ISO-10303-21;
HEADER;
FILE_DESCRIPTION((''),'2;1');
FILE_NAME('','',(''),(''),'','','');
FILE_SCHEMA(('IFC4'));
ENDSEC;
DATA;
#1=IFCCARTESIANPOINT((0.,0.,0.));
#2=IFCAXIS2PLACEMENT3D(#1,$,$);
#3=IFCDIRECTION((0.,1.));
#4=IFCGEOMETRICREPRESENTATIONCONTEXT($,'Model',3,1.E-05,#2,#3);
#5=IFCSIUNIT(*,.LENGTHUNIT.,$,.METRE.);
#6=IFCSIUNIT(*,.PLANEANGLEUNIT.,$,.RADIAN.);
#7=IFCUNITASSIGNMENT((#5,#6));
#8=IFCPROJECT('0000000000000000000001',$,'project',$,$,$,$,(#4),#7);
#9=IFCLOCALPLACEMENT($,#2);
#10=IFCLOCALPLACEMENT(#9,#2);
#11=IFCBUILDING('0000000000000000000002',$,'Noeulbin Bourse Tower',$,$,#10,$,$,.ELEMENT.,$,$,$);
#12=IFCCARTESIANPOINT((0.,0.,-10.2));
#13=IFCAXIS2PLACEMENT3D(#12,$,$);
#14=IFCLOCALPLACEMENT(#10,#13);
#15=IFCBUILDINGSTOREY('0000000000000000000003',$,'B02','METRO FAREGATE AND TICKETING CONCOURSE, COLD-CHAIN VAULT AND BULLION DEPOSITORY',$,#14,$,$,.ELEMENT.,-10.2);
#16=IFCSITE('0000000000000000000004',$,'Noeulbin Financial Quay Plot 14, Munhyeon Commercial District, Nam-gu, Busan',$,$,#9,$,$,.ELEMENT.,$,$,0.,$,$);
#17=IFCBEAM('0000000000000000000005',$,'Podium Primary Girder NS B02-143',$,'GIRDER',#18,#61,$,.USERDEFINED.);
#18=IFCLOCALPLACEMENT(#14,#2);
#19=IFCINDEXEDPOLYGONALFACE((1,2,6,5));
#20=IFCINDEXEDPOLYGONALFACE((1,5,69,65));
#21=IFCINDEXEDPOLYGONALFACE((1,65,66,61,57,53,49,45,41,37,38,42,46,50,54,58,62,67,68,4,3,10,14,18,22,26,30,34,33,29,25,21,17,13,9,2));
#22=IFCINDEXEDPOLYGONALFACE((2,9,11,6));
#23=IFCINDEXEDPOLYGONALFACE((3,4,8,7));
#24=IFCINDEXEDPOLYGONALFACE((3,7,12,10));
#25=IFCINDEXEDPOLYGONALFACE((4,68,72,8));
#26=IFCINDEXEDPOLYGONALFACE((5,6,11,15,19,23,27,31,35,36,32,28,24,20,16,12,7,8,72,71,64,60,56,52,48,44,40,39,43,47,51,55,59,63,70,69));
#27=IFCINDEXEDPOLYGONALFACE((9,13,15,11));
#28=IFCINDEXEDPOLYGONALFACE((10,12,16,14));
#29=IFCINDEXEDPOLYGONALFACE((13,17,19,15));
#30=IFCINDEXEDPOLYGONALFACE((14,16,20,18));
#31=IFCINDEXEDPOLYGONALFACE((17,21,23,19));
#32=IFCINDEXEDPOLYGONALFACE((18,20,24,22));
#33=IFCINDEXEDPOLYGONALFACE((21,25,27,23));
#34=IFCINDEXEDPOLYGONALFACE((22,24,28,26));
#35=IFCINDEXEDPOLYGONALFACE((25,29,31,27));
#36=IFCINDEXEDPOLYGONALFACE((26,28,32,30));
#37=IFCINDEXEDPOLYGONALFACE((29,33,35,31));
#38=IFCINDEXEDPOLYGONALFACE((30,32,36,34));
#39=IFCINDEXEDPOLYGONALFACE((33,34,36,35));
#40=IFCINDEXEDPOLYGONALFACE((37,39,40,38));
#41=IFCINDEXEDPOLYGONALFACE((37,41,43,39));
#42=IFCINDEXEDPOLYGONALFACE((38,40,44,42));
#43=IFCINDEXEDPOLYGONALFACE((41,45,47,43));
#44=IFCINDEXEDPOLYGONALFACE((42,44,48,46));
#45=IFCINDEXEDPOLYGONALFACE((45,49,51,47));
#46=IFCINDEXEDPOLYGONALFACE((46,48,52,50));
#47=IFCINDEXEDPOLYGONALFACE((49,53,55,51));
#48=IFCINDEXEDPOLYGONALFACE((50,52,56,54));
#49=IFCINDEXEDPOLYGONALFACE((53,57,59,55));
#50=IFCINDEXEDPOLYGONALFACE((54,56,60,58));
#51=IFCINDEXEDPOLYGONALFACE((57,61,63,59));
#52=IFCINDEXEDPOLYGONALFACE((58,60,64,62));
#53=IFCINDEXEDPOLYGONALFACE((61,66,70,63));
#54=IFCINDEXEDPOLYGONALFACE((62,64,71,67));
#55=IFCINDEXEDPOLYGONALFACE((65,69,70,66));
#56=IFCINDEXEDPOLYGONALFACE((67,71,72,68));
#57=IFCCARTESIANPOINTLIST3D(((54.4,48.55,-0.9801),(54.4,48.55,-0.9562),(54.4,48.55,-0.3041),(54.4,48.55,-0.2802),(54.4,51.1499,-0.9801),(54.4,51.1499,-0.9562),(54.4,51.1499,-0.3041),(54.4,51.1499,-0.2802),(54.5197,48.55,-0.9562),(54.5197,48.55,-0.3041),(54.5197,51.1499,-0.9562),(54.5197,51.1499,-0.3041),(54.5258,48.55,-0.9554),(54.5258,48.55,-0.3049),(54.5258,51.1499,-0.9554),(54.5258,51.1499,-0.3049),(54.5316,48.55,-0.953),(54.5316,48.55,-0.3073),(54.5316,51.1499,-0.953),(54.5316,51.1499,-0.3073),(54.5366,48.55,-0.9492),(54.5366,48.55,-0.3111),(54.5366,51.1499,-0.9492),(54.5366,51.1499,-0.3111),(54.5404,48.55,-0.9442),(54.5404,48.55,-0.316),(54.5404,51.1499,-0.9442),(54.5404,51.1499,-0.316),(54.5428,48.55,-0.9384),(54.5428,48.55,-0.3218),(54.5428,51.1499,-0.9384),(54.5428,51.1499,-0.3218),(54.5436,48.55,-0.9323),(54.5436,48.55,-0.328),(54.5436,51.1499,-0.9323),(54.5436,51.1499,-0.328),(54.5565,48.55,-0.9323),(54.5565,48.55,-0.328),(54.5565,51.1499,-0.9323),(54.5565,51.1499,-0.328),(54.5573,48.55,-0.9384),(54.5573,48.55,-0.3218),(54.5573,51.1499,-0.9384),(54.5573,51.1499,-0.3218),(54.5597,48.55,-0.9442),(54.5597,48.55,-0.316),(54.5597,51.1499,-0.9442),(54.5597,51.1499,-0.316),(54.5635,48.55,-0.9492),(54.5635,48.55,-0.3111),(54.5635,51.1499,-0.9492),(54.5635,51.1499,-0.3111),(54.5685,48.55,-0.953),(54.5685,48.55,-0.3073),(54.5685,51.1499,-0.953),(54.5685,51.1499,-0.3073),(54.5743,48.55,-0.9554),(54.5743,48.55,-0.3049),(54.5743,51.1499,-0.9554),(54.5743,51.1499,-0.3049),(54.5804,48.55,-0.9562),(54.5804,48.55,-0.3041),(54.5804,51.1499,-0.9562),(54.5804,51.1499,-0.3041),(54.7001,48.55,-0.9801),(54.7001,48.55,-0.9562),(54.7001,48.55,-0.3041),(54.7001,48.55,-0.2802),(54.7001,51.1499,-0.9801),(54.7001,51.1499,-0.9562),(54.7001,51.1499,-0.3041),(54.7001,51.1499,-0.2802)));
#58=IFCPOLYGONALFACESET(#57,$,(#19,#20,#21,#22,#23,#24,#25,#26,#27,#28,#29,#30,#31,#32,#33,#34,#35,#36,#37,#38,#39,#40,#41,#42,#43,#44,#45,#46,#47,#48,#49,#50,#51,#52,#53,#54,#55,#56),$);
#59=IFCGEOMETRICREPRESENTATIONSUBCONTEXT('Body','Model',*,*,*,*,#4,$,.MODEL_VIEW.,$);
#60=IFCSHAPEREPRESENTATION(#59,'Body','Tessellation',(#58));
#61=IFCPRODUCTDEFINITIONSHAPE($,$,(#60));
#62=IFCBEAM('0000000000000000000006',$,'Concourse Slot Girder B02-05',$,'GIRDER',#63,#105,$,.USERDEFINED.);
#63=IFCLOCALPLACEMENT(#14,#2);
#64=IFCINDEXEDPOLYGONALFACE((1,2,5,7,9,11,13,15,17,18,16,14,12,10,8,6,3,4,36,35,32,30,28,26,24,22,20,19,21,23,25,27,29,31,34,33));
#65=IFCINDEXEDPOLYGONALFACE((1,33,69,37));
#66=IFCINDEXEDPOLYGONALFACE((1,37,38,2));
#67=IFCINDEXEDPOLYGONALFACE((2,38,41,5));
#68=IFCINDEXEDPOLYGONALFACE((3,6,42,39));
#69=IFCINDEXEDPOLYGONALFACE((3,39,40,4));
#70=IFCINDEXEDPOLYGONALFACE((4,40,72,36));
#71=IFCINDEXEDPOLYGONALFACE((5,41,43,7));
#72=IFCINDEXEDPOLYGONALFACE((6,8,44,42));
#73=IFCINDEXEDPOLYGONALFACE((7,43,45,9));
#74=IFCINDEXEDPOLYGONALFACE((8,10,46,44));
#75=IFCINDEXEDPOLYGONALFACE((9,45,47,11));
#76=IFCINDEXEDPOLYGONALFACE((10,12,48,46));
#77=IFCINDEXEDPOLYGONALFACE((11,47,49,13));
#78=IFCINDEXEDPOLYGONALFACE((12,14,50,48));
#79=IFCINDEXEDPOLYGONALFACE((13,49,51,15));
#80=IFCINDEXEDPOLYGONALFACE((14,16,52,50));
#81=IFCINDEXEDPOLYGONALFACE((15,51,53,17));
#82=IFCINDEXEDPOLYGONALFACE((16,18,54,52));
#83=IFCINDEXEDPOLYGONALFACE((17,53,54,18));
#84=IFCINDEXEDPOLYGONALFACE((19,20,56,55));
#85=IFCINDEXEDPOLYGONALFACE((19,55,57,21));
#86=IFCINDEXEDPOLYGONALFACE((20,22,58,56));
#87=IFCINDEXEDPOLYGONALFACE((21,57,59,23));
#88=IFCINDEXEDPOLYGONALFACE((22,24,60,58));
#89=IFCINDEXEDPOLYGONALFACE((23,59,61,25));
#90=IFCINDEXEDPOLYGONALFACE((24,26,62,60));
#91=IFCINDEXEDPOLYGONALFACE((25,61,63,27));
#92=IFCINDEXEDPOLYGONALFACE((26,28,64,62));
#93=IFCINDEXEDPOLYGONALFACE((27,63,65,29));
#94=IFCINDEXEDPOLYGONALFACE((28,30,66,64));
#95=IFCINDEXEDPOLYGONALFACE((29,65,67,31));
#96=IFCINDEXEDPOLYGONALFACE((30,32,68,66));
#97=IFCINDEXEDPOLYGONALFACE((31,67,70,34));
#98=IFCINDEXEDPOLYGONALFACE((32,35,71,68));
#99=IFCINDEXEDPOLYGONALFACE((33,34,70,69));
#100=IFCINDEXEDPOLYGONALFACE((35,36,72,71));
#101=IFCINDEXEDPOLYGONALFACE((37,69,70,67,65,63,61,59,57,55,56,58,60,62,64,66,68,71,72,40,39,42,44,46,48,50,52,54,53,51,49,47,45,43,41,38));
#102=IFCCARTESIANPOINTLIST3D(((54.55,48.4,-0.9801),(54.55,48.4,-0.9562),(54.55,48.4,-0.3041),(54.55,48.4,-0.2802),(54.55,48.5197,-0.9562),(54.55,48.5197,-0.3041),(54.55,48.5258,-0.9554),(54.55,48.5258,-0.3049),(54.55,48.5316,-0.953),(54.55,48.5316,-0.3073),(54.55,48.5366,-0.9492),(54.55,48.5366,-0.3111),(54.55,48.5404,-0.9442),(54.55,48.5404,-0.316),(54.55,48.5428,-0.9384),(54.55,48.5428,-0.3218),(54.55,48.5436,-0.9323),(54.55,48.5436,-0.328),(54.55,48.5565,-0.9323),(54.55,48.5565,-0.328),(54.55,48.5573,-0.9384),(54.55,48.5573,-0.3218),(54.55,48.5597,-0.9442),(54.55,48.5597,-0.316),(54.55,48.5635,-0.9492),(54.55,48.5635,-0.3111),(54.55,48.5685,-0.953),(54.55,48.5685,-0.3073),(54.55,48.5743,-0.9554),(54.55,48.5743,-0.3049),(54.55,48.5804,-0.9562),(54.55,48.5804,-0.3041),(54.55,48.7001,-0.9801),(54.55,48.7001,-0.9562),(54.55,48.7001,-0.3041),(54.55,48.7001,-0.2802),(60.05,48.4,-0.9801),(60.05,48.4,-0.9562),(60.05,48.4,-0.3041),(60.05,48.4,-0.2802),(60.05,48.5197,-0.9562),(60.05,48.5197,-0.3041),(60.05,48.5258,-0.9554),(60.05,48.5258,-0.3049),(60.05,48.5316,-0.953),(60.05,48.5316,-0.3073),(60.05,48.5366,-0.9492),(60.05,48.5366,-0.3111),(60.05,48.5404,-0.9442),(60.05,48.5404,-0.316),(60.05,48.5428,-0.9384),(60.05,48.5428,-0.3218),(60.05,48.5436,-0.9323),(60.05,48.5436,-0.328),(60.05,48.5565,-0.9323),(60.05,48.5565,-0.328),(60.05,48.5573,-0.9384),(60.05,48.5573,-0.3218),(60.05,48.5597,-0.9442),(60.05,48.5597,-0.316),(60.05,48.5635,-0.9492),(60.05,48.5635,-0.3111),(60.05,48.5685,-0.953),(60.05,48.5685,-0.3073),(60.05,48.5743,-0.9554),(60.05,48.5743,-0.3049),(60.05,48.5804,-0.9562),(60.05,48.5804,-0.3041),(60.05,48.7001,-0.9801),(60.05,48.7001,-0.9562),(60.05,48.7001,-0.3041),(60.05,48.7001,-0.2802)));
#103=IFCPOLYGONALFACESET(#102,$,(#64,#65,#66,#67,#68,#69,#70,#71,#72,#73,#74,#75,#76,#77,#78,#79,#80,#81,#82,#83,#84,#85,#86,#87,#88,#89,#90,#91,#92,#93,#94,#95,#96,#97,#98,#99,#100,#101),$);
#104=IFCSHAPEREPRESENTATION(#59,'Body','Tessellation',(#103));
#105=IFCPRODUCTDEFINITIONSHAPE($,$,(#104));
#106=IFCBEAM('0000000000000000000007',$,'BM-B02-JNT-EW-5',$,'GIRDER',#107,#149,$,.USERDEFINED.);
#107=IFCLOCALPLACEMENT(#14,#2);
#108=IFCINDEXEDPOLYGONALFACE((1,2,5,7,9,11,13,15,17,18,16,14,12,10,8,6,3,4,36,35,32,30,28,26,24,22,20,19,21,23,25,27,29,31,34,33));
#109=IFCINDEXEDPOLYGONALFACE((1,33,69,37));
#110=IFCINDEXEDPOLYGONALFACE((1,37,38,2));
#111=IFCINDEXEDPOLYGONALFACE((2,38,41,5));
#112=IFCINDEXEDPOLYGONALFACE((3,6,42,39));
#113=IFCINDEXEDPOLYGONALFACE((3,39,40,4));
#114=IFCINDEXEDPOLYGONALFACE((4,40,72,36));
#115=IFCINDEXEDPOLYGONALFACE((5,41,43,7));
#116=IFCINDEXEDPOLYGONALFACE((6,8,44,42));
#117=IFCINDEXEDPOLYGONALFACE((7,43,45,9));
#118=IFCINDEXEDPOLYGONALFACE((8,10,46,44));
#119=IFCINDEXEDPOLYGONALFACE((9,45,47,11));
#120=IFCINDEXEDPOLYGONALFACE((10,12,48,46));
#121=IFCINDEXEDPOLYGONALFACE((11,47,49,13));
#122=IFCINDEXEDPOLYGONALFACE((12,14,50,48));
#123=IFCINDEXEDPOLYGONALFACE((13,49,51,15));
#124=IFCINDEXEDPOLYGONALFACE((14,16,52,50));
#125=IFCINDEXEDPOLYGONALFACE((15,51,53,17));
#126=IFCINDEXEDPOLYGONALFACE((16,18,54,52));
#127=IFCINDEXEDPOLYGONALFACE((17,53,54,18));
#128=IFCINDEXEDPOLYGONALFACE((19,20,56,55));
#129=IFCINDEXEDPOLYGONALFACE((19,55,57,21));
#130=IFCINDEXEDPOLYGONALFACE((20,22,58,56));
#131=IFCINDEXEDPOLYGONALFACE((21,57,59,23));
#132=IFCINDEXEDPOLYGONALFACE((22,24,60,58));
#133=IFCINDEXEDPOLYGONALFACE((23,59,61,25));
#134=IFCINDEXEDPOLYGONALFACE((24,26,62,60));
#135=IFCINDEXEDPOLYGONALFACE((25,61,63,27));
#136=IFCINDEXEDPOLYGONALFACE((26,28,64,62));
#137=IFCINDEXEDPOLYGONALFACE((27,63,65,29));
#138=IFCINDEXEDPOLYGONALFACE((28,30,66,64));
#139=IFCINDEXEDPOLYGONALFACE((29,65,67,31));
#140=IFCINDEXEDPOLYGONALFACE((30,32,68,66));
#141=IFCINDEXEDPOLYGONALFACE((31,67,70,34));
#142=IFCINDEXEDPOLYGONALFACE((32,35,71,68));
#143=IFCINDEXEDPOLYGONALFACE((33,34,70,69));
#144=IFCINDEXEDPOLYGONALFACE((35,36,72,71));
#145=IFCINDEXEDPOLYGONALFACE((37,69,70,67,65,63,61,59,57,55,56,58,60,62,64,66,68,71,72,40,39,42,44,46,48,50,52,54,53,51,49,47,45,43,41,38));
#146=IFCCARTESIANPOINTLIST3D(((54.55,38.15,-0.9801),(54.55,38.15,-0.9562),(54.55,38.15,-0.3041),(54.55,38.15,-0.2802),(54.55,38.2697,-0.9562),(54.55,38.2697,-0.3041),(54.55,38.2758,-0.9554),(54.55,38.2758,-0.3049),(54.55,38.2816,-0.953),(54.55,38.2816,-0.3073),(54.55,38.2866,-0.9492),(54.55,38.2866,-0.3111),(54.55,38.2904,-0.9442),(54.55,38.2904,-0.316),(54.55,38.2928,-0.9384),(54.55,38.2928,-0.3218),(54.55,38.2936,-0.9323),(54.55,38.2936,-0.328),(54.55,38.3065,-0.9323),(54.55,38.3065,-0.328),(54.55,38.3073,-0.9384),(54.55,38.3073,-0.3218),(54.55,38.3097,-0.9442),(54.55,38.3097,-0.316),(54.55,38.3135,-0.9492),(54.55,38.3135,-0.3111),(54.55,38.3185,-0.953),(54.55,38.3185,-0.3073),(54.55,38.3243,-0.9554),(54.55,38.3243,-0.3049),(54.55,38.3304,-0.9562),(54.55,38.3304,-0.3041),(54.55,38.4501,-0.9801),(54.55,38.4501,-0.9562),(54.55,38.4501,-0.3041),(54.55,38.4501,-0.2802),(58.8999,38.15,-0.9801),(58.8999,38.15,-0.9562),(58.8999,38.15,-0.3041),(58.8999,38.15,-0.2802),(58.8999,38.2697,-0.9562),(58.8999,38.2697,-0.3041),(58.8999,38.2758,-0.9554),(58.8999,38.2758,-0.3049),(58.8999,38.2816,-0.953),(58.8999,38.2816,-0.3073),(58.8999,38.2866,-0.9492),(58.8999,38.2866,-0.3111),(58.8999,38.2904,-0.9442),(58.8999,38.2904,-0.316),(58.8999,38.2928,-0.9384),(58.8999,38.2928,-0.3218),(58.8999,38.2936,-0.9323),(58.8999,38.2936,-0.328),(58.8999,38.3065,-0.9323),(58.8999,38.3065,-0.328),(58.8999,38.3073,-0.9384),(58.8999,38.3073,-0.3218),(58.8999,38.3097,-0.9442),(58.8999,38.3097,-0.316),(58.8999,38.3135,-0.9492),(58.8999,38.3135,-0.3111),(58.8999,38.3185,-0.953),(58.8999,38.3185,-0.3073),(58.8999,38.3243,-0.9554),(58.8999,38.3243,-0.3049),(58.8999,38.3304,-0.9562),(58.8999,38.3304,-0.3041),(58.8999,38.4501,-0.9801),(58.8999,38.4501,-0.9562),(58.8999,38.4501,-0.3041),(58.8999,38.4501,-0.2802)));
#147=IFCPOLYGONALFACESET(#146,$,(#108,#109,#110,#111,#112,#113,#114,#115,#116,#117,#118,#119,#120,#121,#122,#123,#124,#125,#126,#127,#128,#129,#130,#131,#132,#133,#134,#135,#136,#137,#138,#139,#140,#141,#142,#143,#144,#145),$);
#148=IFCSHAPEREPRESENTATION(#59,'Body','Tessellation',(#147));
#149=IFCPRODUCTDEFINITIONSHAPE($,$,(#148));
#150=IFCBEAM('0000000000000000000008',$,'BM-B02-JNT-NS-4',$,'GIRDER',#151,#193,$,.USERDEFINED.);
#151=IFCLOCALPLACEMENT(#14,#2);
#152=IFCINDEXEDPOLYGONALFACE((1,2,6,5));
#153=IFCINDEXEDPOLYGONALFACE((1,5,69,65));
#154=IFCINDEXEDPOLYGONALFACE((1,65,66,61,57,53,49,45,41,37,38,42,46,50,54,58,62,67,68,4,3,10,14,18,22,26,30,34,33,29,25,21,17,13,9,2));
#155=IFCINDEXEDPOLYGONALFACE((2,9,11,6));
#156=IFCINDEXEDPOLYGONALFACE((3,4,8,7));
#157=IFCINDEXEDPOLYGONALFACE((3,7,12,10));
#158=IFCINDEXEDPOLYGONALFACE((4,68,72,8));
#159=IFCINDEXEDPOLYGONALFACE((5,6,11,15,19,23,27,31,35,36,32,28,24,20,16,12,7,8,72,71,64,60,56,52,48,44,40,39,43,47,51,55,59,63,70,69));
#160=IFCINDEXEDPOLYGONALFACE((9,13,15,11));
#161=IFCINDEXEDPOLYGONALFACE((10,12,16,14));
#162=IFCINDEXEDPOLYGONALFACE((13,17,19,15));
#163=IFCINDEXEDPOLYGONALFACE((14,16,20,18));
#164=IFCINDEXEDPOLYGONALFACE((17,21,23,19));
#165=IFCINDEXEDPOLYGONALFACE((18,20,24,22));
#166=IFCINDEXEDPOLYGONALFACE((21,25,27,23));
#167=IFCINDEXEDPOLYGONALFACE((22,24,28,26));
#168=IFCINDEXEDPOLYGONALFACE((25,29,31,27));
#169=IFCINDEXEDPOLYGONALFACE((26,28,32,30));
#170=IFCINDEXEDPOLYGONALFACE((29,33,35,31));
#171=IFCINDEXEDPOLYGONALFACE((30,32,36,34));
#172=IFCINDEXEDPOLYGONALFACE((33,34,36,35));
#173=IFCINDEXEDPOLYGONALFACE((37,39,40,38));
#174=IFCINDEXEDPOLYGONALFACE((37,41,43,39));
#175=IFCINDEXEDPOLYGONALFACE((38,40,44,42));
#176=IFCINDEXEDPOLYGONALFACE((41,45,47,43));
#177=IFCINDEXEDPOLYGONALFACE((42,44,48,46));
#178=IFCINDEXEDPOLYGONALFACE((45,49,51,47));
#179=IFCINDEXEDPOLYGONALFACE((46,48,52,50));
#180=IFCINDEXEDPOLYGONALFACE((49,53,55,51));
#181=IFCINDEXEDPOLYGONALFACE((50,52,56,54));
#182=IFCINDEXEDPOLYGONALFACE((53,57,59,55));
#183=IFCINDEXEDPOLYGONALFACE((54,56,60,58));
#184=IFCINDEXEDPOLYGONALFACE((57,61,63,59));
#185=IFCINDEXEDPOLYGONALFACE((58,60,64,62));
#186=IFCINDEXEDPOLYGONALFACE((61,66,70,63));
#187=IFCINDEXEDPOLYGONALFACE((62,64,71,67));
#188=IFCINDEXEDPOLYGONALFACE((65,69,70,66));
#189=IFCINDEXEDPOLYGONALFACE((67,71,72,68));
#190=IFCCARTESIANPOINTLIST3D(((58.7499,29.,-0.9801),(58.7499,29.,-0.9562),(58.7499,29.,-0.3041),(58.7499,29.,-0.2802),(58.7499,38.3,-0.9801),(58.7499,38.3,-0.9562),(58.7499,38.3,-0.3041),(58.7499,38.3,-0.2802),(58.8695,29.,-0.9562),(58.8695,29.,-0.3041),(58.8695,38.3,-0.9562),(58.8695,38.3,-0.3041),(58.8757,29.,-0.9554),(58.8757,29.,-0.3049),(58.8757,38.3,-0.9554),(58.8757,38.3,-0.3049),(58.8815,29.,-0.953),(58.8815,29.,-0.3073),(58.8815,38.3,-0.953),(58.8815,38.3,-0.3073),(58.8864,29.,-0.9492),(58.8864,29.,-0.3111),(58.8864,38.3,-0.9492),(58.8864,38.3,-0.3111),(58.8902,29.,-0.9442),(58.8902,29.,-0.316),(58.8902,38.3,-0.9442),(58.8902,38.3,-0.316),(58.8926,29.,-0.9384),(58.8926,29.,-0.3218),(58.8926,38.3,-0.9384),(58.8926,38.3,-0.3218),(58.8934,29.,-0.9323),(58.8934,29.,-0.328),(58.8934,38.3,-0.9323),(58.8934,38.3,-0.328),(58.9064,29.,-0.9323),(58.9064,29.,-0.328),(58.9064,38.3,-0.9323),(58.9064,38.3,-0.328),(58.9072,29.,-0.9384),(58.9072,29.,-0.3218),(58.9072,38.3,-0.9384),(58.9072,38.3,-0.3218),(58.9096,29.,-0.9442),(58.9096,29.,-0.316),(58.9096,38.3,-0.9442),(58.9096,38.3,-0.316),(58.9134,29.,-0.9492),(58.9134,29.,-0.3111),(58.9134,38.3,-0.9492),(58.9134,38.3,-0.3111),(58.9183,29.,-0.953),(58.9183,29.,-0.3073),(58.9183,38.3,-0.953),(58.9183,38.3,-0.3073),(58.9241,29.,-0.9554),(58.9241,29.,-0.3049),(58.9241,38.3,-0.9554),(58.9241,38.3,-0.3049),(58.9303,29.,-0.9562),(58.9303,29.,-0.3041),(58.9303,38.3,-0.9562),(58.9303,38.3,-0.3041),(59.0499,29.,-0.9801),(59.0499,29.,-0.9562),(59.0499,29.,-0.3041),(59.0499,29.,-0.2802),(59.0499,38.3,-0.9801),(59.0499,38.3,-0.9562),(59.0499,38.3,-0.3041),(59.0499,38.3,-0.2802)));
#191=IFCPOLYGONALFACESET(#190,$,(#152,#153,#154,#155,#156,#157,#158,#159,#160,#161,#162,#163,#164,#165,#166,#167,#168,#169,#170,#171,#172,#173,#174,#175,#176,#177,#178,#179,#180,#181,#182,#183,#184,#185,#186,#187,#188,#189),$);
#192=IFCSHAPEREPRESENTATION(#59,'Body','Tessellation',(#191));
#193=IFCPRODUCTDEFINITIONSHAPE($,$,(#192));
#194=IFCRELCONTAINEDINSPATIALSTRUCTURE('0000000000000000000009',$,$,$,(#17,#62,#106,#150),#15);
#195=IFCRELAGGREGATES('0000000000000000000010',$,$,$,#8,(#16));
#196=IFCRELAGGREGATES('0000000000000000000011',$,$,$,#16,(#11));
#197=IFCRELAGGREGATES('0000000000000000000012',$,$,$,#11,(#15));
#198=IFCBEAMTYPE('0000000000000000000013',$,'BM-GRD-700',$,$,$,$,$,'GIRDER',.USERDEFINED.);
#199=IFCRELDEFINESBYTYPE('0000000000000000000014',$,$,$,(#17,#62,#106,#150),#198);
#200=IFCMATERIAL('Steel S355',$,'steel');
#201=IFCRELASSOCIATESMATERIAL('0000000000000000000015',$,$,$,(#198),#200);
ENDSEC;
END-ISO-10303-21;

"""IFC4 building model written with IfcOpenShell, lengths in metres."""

from ifc_helpers import new_model, si_unit, direction, frame, origin, origin_2d, place, context, subcontext, project, spatial, i_section, extrude, material, material_profile, profile_set, type_object, element, save


model = new_model("IFC4")

# Units and contexts
model_context = context("Model", 3, precision=1e-05, world=origin(), true_north=direction((0.0, 1.0)))
body_context = subcontext(model_context, "Body", "Model", "MODEL_VIEW")
ifc_project = project(units=[si_unit("LENGTHUNIT", "METRE"), si_unit("PLANEANGLEUNIT", "RADIAN")], contexts=[model_context])

# Site, building, storey
site_placement = place(None, origin())
site = spatial("IfcSite", under=ifc_project, at=site_placement, Name="Noeulbin Financial Quay Plot 14, Munhyeon Commercial District, Nam-gu, Busan", CompositionType="ELEMENT", RefElevation=0.0)
building_placement = place(site_placement, origin())
building = spatial("IfcBuilding", under=site, at=building_placement, Name="Noeulbin Bourse Tower", CompositionType="ELEMENT")
storey_placement = place(building_placement, frame((0.0, 0.0, -10.2)))
storey = spatial("IfcBuildingStorey", under=building, at=storey_placement, Name="B02", Description="METRO FAREGATE AND TICKETING CONCOURSE, COLD-CHAIN VAULT AND BULLION DEPOSITORY", CompositionType="ELEMENT", Elevation=-10.2)

# Beams
ifc_material_1 = material(Name="Steel S355", Category="steel")
ifc_material_profile_1 = material_profile(ifc_material_1, i_section(OverallWidth=0.3, OverallDepth=0.7, WebThickness=0.0129, FlangeThickness=0.0239, FilletRadius=0.0239, at=origin_2d()), Name="H-700x300x13x24", Category="LoadBearing")
ifc_profile_set_1 = profile_set([ifc_material_profile_1], Name="Steel S355")
beam_type_1 = type_object("IfcBeamType", Name="BM-GRD-700", ElementType="GIRDER", PredefinedType="USERDEFINED", material=ifc_profile_set_1)
beam_1_placement = place(storey_placement, frame((54.55, 48.55, -0.6301), z_axis=(0.0, 1.0, 0.0), x_axis=(-1.0, 0.0, 0.0)))
element("IfcBeam", 1, at=beam_1_placement, inside=storey, type_object=beam_type_1, Name="Podium Primary Girder NS B02-143", ObjectType="GIRDER", PredefinedType="USERDEFINED", context=body_context, shape_type="SweptSolid", body=[
    extrude(i_section(OverallWidth=0.3, OverallDepth=0.7, WebThickness=0.0129, FlangeThickness=0.0239, FilletRadius=0.0239, at=origin_2d()), origin(), (0.0, 0.0, 1.0), 2.5999),
])
beam_2_placement = place(storey_placement, frame((54.55, 48.55, -0.6301), z_axis=(1.0, 0.0, 0.0), x_axis=(0.0, 1.0, 0.0)))
element("IfcBeam", 2, at=beam_2_placement, inside=storey, type_object=beam_type_1, Name="Concourse Slot Girder B02-05", ObjectType="GIRDER", PredefinedType="USERDEFINED", context=body_context, shape_type="SweptSolid", body=[
    extrude(i_section(OverallWidth=0.3, OverallDepth=0.7, WebThickness=0.0129, FlangeThickness=0.0239, FilletRadius=0.0239, at=origin_2d()), origin(), (0.0, 0.0, 1.0), 5.5),
])
beam_3_placement = place(storey_placement, frame((54.55, 38.3, -0.6301), z_axis=(1.0, 0.0, 0.0), x_axis=(0.0, 1.0, 0.0)))
element("IfcBeam", 3, at=beam_3_placement, inside=storey, type_object=beam_type_1, Name="BM-B02-JNT-EW-5", ObjectType="GIRDER", PredefinedType="USERDEFINED", context=body_context, shape_type="SweptSolid", body=[
    extrude(i_section(OverallWidth=0.3, OverallDepth=0.7, WebThickness=0.0129, FlangeThickness=0.0239, FilletRadius=0.0239, at=origin_2d()), origin(), (0.0, 0.0, 1.0), 4.3499),
])
beam_4_placement = place(storey_placement, frame((58.8999, 29.0, -0.6301), z_axis=(0.0, 1.0, 0.0), x_axis=(-1.0, 0.0, 0.0)))
element("IfcBeam", 4, at=beam_4_placement, inside=storey, type_object=beam_type_1, Name="BM-B02-JNT-NS-4", ObjectType="GIRDER", PredefinedType="USERDEFINED", context=body_context, shape_type="SweptSolid", body=[
    extrude(i_section(OverallWidth=0.3, OverallDepth=0.7, WebThickness=0.0129, FlangeThickness=0.0239, FilletRadius=0.0239, at=origin_2d()), origin(), (0.0, 0.0, 1.0), 9.3),
])

save(model, "model.ifc")
